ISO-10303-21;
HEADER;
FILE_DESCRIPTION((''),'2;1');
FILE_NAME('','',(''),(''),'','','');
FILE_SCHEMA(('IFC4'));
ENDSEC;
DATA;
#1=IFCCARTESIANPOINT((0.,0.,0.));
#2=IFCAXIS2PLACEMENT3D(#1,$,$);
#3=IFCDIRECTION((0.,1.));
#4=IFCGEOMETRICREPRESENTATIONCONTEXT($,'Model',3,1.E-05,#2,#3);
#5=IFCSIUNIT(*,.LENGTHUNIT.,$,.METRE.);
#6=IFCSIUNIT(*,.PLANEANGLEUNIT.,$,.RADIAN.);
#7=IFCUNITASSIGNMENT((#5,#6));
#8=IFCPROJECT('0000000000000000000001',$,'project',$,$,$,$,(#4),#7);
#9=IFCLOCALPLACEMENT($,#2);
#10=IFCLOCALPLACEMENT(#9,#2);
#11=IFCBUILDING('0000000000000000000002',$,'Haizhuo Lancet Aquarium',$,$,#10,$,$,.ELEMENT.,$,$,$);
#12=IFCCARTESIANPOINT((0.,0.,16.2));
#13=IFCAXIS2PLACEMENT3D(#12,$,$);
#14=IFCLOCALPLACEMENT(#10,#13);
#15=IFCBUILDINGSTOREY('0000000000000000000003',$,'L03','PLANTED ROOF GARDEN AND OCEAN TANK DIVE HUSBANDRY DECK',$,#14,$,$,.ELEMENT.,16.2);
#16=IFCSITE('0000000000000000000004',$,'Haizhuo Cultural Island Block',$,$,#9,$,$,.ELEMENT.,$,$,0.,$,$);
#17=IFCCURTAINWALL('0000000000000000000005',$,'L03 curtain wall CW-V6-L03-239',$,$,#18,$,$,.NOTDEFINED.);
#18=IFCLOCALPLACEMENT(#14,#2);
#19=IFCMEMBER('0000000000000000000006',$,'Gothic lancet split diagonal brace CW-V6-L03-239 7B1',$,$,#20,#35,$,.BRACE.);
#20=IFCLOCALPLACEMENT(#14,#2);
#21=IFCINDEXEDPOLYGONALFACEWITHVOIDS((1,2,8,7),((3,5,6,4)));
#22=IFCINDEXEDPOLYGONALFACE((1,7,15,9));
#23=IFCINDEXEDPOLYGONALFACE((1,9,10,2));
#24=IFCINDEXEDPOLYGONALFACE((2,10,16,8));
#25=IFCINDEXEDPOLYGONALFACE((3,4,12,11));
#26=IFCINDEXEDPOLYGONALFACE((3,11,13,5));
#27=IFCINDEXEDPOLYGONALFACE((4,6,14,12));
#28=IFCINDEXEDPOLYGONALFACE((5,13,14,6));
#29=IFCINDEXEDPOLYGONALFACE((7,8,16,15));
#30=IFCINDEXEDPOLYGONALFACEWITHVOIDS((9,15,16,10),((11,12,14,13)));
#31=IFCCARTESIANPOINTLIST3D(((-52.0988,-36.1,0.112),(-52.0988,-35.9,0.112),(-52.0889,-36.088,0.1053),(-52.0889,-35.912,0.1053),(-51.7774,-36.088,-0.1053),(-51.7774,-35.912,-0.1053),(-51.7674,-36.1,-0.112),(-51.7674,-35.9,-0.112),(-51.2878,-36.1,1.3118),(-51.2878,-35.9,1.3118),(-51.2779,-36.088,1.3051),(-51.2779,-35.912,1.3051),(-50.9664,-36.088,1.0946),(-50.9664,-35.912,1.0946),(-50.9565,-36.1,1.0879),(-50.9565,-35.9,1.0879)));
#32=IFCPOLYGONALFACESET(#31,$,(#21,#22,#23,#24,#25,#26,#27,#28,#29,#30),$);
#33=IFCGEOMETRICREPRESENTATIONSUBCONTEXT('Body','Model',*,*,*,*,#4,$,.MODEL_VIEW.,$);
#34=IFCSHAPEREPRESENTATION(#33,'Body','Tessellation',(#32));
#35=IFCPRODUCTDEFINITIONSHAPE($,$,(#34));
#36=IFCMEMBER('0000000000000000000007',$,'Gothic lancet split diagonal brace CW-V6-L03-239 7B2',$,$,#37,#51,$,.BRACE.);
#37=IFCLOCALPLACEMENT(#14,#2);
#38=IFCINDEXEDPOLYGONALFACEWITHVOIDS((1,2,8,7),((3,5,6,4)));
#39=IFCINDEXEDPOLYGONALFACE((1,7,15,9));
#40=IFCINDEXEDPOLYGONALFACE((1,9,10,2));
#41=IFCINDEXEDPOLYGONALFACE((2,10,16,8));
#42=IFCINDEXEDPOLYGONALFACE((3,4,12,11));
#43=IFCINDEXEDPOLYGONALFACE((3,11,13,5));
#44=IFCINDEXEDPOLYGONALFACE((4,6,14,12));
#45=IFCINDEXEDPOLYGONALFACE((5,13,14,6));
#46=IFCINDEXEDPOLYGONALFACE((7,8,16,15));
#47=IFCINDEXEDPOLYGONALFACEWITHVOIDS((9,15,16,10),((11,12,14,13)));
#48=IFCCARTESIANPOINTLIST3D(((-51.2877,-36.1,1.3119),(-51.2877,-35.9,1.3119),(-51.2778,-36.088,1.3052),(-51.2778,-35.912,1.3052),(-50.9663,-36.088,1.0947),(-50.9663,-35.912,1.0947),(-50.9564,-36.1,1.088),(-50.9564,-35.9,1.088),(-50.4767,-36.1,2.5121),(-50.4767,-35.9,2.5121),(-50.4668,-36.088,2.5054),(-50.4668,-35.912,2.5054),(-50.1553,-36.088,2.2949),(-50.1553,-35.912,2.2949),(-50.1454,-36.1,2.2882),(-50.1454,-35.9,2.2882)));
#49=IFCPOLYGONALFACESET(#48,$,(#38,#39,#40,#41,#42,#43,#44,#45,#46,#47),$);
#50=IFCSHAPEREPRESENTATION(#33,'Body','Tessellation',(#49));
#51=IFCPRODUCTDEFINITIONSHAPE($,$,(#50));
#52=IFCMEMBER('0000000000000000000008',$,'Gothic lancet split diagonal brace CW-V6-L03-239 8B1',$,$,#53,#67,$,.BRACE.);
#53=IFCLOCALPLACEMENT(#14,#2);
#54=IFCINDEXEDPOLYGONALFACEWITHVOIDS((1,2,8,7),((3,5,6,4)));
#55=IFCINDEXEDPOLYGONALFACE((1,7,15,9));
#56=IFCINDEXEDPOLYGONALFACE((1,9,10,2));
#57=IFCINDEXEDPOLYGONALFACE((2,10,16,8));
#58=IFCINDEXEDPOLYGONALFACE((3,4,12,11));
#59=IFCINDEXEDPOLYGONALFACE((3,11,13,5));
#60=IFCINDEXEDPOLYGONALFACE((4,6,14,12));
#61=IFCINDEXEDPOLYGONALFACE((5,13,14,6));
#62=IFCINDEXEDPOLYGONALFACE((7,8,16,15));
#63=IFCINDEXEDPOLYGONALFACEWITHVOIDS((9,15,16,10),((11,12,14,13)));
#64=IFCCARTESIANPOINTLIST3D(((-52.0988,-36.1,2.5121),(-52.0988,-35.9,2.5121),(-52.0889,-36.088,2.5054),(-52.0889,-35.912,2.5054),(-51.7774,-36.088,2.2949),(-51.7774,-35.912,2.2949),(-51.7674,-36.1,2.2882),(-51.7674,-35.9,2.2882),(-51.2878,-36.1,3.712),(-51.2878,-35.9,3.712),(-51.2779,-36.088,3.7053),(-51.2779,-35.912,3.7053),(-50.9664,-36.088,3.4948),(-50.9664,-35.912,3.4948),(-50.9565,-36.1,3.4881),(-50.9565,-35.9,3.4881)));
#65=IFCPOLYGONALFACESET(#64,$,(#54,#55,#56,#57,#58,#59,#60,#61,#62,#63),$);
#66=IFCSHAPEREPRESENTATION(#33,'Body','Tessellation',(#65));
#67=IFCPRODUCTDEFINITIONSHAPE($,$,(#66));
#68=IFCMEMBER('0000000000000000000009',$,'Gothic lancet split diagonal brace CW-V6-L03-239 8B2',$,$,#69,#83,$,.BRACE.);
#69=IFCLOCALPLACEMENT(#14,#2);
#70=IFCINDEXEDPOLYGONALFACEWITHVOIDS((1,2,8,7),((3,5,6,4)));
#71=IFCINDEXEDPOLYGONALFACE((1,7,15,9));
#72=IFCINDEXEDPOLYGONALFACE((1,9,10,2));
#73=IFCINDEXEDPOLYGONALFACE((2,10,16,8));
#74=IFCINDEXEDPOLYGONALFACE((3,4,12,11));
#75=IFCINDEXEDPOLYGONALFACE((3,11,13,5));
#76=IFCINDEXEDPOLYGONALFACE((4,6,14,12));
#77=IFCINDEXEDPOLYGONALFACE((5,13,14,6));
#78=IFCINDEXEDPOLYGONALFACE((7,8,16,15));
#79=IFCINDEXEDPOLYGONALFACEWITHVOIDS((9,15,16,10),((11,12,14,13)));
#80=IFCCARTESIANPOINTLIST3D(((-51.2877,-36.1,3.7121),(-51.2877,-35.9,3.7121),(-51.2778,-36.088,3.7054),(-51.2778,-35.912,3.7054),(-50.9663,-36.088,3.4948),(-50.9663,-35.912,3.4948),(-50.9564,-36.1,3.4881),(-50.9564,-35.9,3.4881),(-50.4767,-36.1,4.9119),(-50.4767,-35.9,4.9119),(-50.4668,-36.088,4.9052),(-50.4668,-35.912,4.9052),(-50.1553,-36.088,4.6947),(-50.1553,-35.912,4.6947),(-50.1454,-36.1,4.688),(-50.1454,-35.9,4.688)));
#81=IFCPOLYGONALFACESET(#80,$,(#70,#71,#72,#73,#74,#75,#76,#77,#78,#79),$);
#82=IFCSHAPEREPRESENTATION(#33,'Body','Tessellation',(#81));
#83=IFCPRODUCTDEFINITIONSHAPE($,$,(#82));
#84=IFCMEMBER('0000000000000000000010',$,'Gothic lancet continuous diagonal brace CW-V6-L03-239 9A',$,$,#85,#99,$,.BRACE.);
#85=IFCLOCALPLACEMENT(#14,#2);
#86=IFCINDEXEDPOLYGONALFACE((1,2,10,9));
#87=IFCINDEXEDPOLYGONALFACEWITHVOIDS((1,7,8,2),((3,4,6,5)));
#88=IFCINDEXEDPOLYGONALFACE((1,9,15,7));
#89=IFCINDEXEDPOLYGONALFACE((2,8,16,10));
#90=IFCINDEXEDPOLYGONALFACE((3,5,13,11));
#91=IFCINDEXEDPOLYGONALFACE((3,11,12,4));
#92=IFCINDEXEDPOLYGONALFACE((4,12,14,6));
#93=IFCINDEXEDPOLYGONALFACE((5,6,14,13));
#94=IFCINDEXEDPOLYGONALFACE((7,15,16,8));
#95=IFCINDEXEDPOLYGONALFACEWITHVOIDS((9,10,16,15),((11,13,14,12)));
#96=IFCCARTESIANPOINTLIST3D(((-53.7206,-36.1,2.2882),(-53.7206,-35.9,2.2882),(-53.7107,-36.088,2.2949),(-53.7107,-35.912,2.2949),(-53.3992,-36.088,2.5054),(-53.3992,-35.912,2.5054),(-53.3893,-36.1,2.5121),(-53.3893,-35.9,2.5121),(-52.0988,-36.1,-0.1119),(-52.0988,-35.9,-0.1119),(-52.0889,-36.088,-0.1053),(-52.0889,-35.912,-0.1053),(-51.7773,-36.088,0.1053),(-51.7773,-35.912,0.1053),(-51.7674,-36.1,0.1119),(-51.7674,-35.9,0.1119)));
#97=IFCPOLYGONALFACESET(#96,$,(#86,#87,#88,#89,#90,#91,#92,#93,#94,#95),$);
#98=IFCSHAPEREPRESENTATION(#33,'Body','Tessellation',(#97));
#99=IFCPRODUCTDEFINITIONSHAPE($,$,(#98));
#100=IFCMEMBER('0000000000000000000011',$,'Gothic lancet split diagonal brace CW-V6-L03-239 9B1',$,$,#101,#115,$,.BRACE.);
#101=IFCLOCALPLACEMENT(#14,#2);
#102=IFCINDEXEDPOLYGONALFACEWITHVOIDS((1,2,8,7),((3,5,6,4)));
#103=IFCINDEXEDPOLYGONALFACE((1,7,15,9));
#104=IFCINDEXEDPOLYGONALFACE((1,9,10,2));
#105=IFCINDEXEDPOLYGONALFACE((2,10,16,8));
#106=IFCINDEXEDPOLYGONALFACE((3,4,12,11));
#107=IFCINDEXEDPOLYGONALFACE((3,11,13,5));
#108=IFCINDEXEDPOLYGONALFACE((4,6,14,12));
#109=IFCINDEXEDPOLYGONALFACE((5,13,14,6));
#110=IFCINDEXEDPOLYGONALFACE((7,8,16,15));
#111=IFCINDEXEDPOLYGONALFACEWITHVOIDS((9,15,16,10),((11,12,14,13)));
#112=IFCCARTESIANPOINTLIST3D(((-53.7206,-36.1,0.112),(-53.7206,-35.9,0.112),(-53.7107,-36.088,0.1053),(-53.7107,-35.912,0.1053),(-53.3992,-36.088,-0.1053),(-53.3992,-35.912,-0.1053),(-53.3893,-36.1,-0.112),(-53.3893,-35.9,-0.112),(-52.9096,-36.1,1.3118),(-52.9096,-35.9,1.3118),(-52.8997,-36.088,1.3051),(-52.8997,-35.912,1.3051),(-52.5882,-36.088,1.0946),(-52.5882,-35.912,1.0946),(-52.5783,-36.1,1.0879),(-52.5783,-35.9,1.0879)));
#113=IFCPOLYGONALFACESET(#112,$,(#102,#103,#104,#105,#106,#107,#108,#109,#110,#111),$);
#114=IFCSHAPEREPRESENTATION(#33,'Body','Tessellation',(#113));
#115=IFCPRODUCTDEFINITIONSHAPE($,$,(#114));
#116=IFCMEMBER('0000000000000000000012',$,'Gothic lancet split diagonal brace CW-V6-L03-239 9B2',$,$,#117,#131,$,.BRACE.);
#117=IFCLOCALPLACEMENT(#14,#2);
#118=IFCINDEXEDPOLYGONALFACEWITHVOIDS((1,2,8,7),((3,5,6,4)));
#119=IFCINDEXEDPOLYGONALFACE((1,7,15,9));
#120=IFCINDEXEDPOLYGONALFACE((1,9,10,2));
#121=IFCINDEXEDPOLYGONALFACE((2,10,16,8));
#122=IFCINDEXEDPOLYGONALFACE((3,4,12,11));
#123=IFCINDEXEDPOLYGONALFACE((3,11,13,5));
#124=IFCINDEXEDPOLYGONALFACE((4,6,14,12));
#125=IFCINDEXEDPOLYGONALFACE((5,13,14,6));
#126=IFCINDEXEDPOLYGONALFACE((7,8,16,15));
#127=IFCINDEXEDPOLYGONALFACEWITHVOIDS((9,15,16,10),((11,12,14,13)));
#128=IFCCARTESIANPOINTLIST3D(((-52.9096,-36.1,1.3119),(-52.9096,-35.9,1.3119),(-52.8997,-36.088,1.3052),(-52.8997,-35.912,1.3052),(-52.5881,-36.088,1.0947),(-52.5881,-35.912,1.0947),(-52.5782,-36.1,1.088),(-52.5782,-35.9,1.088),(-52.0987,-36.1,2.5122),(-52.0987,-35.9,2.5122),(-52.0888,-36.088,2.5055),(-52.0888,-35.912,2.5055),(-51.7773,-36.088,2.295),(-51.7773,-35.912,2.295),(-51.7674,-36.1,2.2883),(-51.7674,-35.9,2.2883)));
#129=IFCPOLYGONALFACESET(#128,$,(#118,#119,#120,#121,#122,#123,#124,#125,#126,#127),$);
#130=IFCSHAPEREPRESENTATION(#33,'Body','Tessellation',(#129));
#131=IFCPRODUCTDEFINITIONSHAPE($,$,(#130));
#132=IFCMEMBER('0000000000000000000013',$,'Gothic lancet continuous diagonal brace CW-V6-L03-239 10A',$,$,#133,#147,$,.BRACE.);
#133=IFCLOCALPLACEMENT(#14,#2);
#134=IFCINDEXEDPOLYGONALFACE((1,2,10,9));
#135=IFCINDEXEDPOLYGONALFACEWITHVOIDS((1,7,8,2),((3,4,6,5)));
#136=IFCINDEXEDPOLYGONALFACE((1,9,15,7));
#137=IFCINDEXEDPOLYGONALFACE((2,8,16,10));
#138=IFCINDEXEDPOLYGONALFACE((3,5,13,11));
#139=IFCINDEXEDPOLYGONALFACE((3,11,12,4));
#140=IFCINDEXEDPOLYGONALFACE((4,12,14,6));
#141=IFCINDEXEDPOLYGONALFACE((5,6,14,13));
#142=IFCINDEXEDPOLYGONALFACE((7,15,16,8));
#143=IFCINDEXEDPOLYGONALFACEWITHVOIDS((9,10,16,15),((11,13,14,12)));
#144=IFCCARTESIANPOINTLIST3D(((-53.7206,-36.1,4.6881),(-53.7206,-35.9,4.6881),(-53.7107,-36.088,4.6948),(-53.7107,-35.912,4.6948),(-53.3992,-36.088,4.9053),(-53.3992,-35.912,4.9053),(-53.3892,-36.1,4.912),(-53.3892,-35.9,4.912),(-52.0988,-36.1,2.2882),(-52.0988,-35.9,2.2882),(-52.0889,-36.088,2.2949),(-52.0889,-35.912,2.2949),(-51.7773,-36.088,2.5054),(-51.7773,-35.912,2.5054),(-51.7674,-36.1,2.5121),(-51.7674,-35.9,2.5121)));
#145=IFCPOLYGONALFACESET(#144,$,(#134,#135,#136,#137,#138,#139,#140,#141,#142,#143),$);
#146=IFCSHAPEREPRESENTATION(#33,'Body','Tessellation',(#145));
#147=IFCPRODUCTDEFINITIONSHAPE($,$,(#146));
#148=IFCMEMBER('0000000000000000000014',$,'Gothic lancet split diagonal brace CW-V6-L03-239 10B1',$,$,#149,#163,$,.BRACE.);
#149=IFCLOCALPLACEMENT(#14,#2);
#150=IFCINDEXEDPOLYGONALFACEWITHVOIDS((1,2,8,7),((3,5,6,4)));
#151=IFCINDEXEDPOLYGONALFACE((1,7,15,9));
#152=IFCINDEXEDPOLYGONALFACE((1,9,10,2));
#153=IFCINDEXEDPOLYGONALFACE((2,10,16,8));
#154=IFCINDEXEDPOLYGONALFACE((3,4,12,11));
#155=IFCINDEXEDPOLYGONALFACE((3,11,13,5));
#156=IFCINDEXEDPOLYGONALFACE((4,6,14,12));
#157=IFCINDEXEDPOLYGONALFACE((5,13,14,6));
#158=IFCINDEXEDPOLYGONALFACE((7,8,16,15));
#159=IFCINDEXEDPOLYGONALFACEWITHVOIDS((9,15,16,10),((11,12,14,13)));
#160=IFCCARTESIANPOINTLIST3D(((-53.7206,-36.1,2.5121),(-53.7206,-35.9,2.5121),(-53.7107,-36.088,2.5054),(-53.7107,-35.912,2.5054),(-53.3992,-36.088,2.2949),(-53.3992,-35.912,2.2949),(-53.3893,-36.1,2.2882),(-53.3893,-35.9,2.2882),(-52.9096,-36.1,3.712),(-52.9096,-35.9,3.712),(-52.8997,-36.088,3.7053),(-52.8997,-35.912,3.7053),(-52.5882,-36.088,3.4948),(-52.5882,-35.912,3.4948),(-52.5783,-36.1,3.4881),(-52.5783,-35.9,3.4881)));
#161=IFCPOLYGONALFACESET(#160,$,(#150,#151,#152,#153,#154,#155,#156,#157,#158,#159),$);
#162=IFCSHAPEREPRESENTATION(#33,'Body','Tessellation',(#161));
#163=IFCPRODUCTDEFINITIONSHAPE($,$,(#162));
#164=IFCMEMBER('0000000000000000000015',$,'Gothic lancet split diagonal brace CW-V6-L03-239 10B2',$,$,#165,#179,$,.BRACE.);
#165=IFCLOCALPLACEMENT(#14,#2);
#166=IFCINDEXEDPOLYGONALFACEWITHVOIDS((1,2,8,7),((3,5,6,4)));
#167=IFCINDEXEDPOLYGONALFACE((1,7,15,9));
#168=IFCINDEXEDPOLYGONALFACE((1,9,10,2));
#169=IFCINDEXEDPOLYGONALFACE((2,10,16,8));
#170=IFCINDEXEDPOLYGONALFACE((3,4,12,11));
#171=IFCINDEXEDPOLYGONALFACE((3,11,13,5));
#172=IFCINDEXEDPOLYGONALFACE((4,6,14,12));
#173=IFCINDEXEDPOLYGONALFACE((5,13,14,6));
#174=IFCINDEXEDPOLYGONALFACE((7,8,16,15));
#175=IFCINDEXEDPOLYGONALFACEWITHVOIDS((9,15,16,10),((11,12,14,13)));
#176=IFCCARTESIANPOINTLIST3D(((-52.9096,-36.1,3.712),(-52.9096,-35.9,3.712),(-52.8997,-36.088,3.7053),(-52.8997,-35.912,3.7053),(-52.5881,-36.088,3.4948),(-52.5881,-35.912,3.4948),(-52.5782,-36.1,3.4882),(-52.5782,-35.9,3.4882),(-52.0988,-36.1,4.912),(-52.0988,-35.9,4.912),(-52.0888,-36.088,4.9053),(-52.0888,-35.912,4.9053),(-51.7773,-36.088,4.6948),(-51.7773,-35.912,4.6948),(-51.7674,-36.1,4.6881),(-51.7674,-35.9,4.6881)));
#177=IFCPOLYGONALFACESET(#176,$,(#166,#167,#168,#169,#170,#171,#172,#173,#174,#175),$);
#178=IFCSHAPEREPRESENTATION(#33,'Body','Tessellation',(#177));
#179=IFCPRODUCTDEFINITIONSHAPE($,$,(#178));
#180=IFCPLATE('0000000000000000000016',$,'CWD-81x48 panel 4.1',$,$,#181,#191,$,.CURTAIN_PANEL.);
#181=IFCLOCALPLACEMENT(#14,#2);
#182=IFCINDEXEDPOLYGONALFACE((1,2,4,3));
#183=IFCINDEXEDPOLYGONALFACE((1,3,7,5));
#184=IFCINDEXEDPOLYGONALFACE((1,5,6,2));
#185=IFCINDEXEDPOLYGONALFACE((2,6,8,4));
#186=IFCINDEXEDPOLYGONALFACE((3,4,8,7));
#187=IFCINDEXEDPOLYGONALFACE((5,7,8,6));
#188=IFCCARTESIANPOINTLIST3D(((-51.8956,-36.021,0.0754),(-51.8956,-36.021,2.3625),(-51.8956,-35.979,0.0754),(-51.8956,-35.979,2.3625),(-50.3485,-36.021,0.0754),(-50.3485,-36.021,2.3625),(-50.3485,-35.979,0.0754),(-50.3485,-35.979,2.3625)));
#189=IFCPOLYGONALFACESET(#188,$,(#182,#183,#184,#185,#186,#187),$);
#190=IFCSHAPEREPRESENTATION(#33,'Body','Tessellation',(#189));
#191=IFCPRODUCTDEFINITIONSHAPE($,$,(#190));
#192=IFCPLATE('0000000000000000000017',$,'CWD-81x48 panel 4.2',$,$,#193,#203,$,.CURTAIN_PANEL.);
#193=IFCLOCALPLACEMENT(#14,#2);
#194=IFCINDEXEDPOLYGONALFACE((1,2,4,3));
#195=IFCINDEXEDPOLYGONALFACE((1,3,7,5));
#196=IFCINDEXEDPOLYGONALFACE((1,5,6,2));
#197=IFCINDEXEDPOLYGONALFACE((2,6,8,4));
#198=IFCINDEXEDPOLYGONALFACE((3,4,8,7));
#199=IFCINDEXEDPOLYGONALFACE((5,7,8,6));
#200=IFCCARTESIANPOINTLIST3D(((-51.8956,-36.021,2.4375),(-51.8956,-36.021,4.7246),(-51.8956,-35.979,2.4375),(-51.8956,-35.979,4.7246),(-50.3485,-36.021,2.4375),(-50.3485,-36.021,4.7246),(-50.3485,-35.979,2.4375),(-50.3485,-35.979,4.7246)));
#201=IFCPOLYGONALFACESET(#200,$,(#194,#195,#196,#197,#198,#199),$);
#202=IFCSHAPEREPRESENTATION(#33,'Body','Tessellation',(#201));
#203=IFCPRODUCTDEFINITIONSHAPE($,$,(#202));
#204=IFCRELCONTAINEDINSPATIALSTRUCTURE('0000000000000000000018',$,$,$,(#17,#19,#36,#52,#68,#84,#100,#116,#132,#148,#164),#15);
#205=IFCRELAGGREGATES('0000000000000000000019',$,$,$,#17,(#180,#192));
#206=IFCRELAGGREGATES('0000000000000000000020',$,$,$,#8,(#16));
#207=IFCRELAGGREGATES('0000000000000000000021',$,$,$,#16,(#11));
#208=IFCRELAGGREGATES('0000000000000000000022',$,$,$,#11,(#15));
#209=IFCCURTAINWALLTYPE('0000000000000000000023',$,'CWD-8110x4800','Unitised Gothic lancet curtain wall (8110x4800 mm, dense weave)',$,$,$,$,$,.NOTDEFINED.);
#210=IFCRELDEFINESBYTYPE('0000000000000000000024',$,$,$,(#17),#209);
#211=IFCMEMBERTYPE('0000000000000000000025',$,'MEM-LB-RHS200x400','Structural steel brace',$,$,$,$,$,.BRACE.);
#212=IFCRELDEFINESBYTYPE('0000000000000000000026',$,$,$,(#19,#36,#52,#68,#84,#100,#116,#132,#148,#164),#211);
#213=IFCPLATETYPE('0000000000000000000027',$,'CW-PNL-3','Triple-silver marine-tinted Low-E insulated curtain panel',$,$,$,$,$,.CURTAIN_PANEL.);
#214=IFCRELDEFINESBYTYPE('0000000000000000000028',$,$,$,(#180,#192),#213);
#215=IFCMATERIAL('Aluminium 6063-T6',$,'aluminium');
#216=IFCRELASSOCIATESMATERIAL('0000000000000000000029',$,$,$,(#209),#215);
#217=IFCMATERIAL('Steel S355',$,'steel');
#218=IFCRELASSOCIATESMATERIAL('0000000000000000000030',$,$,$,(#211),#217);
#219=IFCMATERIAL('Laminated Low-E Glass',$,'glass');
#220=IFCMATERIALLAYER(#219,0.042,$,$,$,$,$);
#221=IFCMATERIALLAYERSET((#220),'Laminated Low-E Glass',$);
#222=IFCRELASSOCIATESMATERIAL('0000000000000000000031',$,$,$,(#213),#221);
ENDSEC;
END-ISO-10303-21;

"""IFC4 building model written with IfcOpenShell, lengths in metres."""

from ifc_helpers import new_model, si_unit, direction, frame, origin, origin_2d, place, context, subcontext, project, spatial, rectangle, hollow_rectangle, extrude, material, layer, layer_set, material_profile, profile_set, type_object, element, aggregate, save


model = new_model("IFC4")

# Units and contexts
model_context = context("Model", 3, precision=1e-05, world=origin(), true_north=direction((0.0, 1.0)))
body_context = subcontext(model_context, "Body", "Model", "MODEL_VIEW")
ifc_project = project(units=[si_unit("LENGTHUNIT", "METRE"), si_unit("PLANEANGLEUNIT", "RADIAN")], contexts=[model_context])

# Site, building, storey
site_placement = place(None, origin())
site = spatial("IfcSite", under=ifc_project, at=site_placement, Name="Haizhuo Cultural Island Block", CompositionType="ELEMENT", RefElevation=0.0)
building_placement = place(site_placement, origin())
building = spatial("IfcBuilding", under=site, at=building_placement, Name="Haizhuo Lancet Aquarium", CompositionType="ELEMENT")
storey_placement = place(building_placement, frame((0.0, 0.0, 16.2)))
storey = spatial("IfcBuildingStorey", under=building, at=storey_placement, Name="L03", Description="PLANTED ROOF GARDEN AND OCEAN TANK DIVE HUSBANDRY DECK", CompositionType="ELEMENT", Elevation=16.2)

# Curtain wall
ifc_material_1 = material(Name="Aluminium 6063-T6", Category="aluminium")
curtain_wall_type = type_object("IfcCurtainWallType", Name="CWD-8110x4800", Description="Unitised Gothic lancet curtain wall (8110x4800 mm, dense weave)", PredefinedType="NOTDEFINED", material=ifc_material_1)
curtain_wall_placement = place(storey_placement, origin())
curtain_wall = element("IfcCurtainWall", 1, at=curtain_wall_placement, inside=storey, type_object=curtain_wall_type, Name="L03 curtain wall CW-V6-L03-239", PredefinedType="NOTDEFINED")

# Members
ifc_material_2 = material(Name="Steel S355", Category="steel")
ifc_material_profile_1 = material_profile(ifc_material_2, hollow_rectangle(XDim=0.2, YDim=0.3999, WallThickness=0.012, at=origin_2d()), Name="RHS 200x400x12")
ifc_profile_set_1 = profile_set([ifc_material_profile_1], Name="Steel S355")
member_type_1 = type_object("IfcMemberType", Name="MEM-LB-RHS200x400", Description="Structural steel brace", PredefinedType="BRACE", material=ifc_profile_set_1)
for number, where, z_axis, x_axis, name in (
    (2, (-51.9331, -36.0, 0.0), (0.559979, 0.0, 0.828507), (0.0, 1.0, 0.0), "Gothic lancet split diagonal brace CW-V6-L03-239 7B1"),
):
    element("IfcMember", number, at=place(storey_placement, frame(where, z_axis=z_axis, x_axis=x_axis)), inside=storey, type_object=member_type_1, Name=name, PredefinedType="BRACE", context=body_context, shape_type="SweptSolid", body=[
        extrude(hollow_rectangle(XDim=0.2, YDim=0.3999, WallThickness=0.012, at=origin_2d()), origin(), (0.0, 0.0, 1.0), 1.4482),
    ])
member_1_placement = place(storey_placement, frame((-51.1221, -36.0, 1.2), z_axis=(0.559901, 0.0, 0.828559), x_axis=(0.0, 1.0, 0.0)))
element("IfcMember", 3, at=member_1_placement, inside=storey, type_object=member_type_1, Name="Gothic lancet split diagonal brace CW-V6-L03-239 7B2", PredefinedType="BRACE", context=body_context, shape_type="SweptSolid", body=[
    extrude(hollow_rectangle(XDim=0.2, YDim=0.3999, WallThickness=0.012, at=origin_2d()), origin(), (0.0, 0.0, 1.0), 1.4485),
])
for number, where, z_axis, x_axis, name in (
    (4, (-51.9331, -36.0, 2.4001), (0.559979, 0.0, 0.828507), (0.0, 1.0, 0.0), "Gothic lancet split diagonal brace CW-V6-L03-239 8B1"),
    (5, (-51.1221, -36.0, 3.6001), (0.559979, 0.0, 0.828507), (0.0, 1.0, 0.0), "Gothic lancet split diagonal brace CW-V6-L03-239 8B2"),
):
    element("IfcMember", number, at=place(storey_placement, frame(where, z_axis=z_axis, x_axis=x_axis)), inside=storey, type_object=member_type_1, Name=name, PredefinedType="BRACE", context=body_context, shape_type="SweptSolid", body=[
        extrude(hollow_rectangle(XDim=0.2, YDim=0.3999, WallThickness=0.012, at=origin_2d()), origin(), (0.0, 0.0, 1.0), 1.4482),
    ])
member_2_placement = place(storey_placement, frame((-51.9331, -36.0, 0.0), z_axis=(-0.559882, 0.0, 0.828572), x_axis=(0.0, -1.0, 0.0)))
element("IfcMember", 6, at=member_2_placement, inside=storey, type_object=member_type_1, Name="Gothic lancet continuous diagonal brace CW-V6-L03-239 9A", PredefinedType="BRACE", context=body_context, shape_type="SweptSolid", body=[
    extrude(hollow_rectangle(XDim=0.2, YDim=0.3999, WallThickness=0.012, at=origin_2d()), origin(), (0.0, 0.0, 1.0), 2.8967),
])
member_3_placement = place(storey_placement, frame((-53.5549, -36.0, 0.0), z_axis=(0.559979, 0.0, 0.828507), x_axis=(0.0, 1.0, 0.0)))
element("IfcMember", 7, at=member_3_placement, inside=storey, type_object=member_type_1, Name="Gothic lancet split diagonal brace CW-V6-L03-239 9B1", PredefinedType="BRACE", context=body_context, shape_type="SweptSolid", body=[
    extrude(hollow_rectangle(XDim=0.2, YDim=0.3999, WallThickness=0.012, at=origin_2d()), origin(), (0.0, 0.0, 1.0), 1.4482),
])
member_4_placement = place(storey_placement, frame((-52.7439, -36.0, 1.2), z_axis=(0.559785, 0.0, 0.828638), x_axis=(0.0, 1.0, 0.0)))
element("IfcMember", 8, at=member_4_placement, inside=storey, type_object=member_type_1, Name="Gothic lancet split diagonal brace CW-V6-L03-239 9B2", PredefinedType="BRACE", context=body_context, shape_type="SweptSolid", body=[
    extrude(hollow_rectangle(XDim=0.2, YDim=0.3999, WallThickness=0.012, at=origin_2d()), origin(), (0.0, 0.0, 1.0), 1.4485),
])
member_5_placement = place(storey_placement, frame((-51.9331, -36.0, 2.4001), z_axis=(-0.559922, 0.0, 0.828546), x_axis=(0.0, -1.0, 0.0)))
element("IfcMember", 9, at=member_5_placement, inside=storey, type_object=member_type_1, Name="Gothic lancet continuous diagonal brace CW-V6-L03-239 10A", PredefinedType="BRACE", context=body_context, shape_type="SweptSolid", body=[
    extrude(hollow_rectangle(XDim=0.2, YDim=0.3999, WallThickness=0.012, at=origin_2d()), origin(), (0.0, 0.0, 1.0), 2.8965),
])
for number, where, z_axis, x_axis, name in (
    (10, (-53.5549, -36.0, 2.4001), (0.559979, 0.0, 0.828507), (0.0, 1.0, 0.0), "Gothic lancet split diagonal brace CW-V6-L03-239 10B1"),
    (11, (-52.7439, -36.0, 3.6001), (0.559864, 0.0, 0.828585), (0.0, 1.0, 0.0), "Gothic lancet split diagonal brace CW-V6-L03-239 10B2"),
):
    element("IfcMember", number, at=place(storey_placement, frame(where, z_axis=z_axis, x_axis=x_axis)), inside=storey, type_object=member_type_1, Name=name, PredefinedType="BRACE", context=body_context, shape_type="SweptSolid", body=[
        extrude(hollow_rectangle(XDim=0.2, YDim=0.3999, WallThickness=0.012, at=origin_2d()), origin(), (0.0, 0.0, 1.0), 1.4482),
    ])

# Plates
ifc_material_3 = material(Name="Laminated Low-E Glass", Category="glass")
ifc_layer = layer(ifc_material_3, 0.042)
ifc_layer_set = layer_set([ifc_layer], Name="Laminated Low-E Glass")
plate_type = type_object("IfcPlateType", Name="CW-PNL-3", Description="Triple-silver marine-tinted Low-E insulated curtain panel", PredefinedType="CURTAIN_PANEL", material=ifc_layer_set)
plate_1_placement = place(storey_placement, frame((-51.1221, -36.0, 0.0754), z_axis=(0.0, 0.0, 1.0), x_axis=(-1.0, 0.0, 0.0)))
plate_1 = element("IfcPlate", 12, at=plate_1_placement, type_object=plate_type, Name="CWD-81x48 panel 4.1", PredefinedType="CURTAIN_PANEL", context=body_context, shape_type="SweptSolid", body=[
    extrude(rectangle(XDim=1.5471, YDim=0.042, at=origin_2d()), origin(), (0.0, 0.0, 1.0), 2.2871),
])
plate_2_placement = place(storey_placement, frame((-51.1221, -36.0, 2.4375), z_axis=(0.0, 0.0, 1.0), x_axis=(-1.0, 0.0, 0.0)))
plate_2 = element("IfcPlate", 13, at=plate_2_placement, type_object=plate_type, Name="CWD-81x48 panel 4.2", PredefinedType="CURTAIN_PANEL", context=body_context, shape_type="SweptSolid", body=[
    extrude(rectangle(XDim=1.5471, YDim=0.042, at=origin_2d()), origin(), (0.0, 0.0, 1.0), 2.2871),
])
aggregate(curtain_wall, [plate_1, plate_2])

save(model, "model.ifc")
